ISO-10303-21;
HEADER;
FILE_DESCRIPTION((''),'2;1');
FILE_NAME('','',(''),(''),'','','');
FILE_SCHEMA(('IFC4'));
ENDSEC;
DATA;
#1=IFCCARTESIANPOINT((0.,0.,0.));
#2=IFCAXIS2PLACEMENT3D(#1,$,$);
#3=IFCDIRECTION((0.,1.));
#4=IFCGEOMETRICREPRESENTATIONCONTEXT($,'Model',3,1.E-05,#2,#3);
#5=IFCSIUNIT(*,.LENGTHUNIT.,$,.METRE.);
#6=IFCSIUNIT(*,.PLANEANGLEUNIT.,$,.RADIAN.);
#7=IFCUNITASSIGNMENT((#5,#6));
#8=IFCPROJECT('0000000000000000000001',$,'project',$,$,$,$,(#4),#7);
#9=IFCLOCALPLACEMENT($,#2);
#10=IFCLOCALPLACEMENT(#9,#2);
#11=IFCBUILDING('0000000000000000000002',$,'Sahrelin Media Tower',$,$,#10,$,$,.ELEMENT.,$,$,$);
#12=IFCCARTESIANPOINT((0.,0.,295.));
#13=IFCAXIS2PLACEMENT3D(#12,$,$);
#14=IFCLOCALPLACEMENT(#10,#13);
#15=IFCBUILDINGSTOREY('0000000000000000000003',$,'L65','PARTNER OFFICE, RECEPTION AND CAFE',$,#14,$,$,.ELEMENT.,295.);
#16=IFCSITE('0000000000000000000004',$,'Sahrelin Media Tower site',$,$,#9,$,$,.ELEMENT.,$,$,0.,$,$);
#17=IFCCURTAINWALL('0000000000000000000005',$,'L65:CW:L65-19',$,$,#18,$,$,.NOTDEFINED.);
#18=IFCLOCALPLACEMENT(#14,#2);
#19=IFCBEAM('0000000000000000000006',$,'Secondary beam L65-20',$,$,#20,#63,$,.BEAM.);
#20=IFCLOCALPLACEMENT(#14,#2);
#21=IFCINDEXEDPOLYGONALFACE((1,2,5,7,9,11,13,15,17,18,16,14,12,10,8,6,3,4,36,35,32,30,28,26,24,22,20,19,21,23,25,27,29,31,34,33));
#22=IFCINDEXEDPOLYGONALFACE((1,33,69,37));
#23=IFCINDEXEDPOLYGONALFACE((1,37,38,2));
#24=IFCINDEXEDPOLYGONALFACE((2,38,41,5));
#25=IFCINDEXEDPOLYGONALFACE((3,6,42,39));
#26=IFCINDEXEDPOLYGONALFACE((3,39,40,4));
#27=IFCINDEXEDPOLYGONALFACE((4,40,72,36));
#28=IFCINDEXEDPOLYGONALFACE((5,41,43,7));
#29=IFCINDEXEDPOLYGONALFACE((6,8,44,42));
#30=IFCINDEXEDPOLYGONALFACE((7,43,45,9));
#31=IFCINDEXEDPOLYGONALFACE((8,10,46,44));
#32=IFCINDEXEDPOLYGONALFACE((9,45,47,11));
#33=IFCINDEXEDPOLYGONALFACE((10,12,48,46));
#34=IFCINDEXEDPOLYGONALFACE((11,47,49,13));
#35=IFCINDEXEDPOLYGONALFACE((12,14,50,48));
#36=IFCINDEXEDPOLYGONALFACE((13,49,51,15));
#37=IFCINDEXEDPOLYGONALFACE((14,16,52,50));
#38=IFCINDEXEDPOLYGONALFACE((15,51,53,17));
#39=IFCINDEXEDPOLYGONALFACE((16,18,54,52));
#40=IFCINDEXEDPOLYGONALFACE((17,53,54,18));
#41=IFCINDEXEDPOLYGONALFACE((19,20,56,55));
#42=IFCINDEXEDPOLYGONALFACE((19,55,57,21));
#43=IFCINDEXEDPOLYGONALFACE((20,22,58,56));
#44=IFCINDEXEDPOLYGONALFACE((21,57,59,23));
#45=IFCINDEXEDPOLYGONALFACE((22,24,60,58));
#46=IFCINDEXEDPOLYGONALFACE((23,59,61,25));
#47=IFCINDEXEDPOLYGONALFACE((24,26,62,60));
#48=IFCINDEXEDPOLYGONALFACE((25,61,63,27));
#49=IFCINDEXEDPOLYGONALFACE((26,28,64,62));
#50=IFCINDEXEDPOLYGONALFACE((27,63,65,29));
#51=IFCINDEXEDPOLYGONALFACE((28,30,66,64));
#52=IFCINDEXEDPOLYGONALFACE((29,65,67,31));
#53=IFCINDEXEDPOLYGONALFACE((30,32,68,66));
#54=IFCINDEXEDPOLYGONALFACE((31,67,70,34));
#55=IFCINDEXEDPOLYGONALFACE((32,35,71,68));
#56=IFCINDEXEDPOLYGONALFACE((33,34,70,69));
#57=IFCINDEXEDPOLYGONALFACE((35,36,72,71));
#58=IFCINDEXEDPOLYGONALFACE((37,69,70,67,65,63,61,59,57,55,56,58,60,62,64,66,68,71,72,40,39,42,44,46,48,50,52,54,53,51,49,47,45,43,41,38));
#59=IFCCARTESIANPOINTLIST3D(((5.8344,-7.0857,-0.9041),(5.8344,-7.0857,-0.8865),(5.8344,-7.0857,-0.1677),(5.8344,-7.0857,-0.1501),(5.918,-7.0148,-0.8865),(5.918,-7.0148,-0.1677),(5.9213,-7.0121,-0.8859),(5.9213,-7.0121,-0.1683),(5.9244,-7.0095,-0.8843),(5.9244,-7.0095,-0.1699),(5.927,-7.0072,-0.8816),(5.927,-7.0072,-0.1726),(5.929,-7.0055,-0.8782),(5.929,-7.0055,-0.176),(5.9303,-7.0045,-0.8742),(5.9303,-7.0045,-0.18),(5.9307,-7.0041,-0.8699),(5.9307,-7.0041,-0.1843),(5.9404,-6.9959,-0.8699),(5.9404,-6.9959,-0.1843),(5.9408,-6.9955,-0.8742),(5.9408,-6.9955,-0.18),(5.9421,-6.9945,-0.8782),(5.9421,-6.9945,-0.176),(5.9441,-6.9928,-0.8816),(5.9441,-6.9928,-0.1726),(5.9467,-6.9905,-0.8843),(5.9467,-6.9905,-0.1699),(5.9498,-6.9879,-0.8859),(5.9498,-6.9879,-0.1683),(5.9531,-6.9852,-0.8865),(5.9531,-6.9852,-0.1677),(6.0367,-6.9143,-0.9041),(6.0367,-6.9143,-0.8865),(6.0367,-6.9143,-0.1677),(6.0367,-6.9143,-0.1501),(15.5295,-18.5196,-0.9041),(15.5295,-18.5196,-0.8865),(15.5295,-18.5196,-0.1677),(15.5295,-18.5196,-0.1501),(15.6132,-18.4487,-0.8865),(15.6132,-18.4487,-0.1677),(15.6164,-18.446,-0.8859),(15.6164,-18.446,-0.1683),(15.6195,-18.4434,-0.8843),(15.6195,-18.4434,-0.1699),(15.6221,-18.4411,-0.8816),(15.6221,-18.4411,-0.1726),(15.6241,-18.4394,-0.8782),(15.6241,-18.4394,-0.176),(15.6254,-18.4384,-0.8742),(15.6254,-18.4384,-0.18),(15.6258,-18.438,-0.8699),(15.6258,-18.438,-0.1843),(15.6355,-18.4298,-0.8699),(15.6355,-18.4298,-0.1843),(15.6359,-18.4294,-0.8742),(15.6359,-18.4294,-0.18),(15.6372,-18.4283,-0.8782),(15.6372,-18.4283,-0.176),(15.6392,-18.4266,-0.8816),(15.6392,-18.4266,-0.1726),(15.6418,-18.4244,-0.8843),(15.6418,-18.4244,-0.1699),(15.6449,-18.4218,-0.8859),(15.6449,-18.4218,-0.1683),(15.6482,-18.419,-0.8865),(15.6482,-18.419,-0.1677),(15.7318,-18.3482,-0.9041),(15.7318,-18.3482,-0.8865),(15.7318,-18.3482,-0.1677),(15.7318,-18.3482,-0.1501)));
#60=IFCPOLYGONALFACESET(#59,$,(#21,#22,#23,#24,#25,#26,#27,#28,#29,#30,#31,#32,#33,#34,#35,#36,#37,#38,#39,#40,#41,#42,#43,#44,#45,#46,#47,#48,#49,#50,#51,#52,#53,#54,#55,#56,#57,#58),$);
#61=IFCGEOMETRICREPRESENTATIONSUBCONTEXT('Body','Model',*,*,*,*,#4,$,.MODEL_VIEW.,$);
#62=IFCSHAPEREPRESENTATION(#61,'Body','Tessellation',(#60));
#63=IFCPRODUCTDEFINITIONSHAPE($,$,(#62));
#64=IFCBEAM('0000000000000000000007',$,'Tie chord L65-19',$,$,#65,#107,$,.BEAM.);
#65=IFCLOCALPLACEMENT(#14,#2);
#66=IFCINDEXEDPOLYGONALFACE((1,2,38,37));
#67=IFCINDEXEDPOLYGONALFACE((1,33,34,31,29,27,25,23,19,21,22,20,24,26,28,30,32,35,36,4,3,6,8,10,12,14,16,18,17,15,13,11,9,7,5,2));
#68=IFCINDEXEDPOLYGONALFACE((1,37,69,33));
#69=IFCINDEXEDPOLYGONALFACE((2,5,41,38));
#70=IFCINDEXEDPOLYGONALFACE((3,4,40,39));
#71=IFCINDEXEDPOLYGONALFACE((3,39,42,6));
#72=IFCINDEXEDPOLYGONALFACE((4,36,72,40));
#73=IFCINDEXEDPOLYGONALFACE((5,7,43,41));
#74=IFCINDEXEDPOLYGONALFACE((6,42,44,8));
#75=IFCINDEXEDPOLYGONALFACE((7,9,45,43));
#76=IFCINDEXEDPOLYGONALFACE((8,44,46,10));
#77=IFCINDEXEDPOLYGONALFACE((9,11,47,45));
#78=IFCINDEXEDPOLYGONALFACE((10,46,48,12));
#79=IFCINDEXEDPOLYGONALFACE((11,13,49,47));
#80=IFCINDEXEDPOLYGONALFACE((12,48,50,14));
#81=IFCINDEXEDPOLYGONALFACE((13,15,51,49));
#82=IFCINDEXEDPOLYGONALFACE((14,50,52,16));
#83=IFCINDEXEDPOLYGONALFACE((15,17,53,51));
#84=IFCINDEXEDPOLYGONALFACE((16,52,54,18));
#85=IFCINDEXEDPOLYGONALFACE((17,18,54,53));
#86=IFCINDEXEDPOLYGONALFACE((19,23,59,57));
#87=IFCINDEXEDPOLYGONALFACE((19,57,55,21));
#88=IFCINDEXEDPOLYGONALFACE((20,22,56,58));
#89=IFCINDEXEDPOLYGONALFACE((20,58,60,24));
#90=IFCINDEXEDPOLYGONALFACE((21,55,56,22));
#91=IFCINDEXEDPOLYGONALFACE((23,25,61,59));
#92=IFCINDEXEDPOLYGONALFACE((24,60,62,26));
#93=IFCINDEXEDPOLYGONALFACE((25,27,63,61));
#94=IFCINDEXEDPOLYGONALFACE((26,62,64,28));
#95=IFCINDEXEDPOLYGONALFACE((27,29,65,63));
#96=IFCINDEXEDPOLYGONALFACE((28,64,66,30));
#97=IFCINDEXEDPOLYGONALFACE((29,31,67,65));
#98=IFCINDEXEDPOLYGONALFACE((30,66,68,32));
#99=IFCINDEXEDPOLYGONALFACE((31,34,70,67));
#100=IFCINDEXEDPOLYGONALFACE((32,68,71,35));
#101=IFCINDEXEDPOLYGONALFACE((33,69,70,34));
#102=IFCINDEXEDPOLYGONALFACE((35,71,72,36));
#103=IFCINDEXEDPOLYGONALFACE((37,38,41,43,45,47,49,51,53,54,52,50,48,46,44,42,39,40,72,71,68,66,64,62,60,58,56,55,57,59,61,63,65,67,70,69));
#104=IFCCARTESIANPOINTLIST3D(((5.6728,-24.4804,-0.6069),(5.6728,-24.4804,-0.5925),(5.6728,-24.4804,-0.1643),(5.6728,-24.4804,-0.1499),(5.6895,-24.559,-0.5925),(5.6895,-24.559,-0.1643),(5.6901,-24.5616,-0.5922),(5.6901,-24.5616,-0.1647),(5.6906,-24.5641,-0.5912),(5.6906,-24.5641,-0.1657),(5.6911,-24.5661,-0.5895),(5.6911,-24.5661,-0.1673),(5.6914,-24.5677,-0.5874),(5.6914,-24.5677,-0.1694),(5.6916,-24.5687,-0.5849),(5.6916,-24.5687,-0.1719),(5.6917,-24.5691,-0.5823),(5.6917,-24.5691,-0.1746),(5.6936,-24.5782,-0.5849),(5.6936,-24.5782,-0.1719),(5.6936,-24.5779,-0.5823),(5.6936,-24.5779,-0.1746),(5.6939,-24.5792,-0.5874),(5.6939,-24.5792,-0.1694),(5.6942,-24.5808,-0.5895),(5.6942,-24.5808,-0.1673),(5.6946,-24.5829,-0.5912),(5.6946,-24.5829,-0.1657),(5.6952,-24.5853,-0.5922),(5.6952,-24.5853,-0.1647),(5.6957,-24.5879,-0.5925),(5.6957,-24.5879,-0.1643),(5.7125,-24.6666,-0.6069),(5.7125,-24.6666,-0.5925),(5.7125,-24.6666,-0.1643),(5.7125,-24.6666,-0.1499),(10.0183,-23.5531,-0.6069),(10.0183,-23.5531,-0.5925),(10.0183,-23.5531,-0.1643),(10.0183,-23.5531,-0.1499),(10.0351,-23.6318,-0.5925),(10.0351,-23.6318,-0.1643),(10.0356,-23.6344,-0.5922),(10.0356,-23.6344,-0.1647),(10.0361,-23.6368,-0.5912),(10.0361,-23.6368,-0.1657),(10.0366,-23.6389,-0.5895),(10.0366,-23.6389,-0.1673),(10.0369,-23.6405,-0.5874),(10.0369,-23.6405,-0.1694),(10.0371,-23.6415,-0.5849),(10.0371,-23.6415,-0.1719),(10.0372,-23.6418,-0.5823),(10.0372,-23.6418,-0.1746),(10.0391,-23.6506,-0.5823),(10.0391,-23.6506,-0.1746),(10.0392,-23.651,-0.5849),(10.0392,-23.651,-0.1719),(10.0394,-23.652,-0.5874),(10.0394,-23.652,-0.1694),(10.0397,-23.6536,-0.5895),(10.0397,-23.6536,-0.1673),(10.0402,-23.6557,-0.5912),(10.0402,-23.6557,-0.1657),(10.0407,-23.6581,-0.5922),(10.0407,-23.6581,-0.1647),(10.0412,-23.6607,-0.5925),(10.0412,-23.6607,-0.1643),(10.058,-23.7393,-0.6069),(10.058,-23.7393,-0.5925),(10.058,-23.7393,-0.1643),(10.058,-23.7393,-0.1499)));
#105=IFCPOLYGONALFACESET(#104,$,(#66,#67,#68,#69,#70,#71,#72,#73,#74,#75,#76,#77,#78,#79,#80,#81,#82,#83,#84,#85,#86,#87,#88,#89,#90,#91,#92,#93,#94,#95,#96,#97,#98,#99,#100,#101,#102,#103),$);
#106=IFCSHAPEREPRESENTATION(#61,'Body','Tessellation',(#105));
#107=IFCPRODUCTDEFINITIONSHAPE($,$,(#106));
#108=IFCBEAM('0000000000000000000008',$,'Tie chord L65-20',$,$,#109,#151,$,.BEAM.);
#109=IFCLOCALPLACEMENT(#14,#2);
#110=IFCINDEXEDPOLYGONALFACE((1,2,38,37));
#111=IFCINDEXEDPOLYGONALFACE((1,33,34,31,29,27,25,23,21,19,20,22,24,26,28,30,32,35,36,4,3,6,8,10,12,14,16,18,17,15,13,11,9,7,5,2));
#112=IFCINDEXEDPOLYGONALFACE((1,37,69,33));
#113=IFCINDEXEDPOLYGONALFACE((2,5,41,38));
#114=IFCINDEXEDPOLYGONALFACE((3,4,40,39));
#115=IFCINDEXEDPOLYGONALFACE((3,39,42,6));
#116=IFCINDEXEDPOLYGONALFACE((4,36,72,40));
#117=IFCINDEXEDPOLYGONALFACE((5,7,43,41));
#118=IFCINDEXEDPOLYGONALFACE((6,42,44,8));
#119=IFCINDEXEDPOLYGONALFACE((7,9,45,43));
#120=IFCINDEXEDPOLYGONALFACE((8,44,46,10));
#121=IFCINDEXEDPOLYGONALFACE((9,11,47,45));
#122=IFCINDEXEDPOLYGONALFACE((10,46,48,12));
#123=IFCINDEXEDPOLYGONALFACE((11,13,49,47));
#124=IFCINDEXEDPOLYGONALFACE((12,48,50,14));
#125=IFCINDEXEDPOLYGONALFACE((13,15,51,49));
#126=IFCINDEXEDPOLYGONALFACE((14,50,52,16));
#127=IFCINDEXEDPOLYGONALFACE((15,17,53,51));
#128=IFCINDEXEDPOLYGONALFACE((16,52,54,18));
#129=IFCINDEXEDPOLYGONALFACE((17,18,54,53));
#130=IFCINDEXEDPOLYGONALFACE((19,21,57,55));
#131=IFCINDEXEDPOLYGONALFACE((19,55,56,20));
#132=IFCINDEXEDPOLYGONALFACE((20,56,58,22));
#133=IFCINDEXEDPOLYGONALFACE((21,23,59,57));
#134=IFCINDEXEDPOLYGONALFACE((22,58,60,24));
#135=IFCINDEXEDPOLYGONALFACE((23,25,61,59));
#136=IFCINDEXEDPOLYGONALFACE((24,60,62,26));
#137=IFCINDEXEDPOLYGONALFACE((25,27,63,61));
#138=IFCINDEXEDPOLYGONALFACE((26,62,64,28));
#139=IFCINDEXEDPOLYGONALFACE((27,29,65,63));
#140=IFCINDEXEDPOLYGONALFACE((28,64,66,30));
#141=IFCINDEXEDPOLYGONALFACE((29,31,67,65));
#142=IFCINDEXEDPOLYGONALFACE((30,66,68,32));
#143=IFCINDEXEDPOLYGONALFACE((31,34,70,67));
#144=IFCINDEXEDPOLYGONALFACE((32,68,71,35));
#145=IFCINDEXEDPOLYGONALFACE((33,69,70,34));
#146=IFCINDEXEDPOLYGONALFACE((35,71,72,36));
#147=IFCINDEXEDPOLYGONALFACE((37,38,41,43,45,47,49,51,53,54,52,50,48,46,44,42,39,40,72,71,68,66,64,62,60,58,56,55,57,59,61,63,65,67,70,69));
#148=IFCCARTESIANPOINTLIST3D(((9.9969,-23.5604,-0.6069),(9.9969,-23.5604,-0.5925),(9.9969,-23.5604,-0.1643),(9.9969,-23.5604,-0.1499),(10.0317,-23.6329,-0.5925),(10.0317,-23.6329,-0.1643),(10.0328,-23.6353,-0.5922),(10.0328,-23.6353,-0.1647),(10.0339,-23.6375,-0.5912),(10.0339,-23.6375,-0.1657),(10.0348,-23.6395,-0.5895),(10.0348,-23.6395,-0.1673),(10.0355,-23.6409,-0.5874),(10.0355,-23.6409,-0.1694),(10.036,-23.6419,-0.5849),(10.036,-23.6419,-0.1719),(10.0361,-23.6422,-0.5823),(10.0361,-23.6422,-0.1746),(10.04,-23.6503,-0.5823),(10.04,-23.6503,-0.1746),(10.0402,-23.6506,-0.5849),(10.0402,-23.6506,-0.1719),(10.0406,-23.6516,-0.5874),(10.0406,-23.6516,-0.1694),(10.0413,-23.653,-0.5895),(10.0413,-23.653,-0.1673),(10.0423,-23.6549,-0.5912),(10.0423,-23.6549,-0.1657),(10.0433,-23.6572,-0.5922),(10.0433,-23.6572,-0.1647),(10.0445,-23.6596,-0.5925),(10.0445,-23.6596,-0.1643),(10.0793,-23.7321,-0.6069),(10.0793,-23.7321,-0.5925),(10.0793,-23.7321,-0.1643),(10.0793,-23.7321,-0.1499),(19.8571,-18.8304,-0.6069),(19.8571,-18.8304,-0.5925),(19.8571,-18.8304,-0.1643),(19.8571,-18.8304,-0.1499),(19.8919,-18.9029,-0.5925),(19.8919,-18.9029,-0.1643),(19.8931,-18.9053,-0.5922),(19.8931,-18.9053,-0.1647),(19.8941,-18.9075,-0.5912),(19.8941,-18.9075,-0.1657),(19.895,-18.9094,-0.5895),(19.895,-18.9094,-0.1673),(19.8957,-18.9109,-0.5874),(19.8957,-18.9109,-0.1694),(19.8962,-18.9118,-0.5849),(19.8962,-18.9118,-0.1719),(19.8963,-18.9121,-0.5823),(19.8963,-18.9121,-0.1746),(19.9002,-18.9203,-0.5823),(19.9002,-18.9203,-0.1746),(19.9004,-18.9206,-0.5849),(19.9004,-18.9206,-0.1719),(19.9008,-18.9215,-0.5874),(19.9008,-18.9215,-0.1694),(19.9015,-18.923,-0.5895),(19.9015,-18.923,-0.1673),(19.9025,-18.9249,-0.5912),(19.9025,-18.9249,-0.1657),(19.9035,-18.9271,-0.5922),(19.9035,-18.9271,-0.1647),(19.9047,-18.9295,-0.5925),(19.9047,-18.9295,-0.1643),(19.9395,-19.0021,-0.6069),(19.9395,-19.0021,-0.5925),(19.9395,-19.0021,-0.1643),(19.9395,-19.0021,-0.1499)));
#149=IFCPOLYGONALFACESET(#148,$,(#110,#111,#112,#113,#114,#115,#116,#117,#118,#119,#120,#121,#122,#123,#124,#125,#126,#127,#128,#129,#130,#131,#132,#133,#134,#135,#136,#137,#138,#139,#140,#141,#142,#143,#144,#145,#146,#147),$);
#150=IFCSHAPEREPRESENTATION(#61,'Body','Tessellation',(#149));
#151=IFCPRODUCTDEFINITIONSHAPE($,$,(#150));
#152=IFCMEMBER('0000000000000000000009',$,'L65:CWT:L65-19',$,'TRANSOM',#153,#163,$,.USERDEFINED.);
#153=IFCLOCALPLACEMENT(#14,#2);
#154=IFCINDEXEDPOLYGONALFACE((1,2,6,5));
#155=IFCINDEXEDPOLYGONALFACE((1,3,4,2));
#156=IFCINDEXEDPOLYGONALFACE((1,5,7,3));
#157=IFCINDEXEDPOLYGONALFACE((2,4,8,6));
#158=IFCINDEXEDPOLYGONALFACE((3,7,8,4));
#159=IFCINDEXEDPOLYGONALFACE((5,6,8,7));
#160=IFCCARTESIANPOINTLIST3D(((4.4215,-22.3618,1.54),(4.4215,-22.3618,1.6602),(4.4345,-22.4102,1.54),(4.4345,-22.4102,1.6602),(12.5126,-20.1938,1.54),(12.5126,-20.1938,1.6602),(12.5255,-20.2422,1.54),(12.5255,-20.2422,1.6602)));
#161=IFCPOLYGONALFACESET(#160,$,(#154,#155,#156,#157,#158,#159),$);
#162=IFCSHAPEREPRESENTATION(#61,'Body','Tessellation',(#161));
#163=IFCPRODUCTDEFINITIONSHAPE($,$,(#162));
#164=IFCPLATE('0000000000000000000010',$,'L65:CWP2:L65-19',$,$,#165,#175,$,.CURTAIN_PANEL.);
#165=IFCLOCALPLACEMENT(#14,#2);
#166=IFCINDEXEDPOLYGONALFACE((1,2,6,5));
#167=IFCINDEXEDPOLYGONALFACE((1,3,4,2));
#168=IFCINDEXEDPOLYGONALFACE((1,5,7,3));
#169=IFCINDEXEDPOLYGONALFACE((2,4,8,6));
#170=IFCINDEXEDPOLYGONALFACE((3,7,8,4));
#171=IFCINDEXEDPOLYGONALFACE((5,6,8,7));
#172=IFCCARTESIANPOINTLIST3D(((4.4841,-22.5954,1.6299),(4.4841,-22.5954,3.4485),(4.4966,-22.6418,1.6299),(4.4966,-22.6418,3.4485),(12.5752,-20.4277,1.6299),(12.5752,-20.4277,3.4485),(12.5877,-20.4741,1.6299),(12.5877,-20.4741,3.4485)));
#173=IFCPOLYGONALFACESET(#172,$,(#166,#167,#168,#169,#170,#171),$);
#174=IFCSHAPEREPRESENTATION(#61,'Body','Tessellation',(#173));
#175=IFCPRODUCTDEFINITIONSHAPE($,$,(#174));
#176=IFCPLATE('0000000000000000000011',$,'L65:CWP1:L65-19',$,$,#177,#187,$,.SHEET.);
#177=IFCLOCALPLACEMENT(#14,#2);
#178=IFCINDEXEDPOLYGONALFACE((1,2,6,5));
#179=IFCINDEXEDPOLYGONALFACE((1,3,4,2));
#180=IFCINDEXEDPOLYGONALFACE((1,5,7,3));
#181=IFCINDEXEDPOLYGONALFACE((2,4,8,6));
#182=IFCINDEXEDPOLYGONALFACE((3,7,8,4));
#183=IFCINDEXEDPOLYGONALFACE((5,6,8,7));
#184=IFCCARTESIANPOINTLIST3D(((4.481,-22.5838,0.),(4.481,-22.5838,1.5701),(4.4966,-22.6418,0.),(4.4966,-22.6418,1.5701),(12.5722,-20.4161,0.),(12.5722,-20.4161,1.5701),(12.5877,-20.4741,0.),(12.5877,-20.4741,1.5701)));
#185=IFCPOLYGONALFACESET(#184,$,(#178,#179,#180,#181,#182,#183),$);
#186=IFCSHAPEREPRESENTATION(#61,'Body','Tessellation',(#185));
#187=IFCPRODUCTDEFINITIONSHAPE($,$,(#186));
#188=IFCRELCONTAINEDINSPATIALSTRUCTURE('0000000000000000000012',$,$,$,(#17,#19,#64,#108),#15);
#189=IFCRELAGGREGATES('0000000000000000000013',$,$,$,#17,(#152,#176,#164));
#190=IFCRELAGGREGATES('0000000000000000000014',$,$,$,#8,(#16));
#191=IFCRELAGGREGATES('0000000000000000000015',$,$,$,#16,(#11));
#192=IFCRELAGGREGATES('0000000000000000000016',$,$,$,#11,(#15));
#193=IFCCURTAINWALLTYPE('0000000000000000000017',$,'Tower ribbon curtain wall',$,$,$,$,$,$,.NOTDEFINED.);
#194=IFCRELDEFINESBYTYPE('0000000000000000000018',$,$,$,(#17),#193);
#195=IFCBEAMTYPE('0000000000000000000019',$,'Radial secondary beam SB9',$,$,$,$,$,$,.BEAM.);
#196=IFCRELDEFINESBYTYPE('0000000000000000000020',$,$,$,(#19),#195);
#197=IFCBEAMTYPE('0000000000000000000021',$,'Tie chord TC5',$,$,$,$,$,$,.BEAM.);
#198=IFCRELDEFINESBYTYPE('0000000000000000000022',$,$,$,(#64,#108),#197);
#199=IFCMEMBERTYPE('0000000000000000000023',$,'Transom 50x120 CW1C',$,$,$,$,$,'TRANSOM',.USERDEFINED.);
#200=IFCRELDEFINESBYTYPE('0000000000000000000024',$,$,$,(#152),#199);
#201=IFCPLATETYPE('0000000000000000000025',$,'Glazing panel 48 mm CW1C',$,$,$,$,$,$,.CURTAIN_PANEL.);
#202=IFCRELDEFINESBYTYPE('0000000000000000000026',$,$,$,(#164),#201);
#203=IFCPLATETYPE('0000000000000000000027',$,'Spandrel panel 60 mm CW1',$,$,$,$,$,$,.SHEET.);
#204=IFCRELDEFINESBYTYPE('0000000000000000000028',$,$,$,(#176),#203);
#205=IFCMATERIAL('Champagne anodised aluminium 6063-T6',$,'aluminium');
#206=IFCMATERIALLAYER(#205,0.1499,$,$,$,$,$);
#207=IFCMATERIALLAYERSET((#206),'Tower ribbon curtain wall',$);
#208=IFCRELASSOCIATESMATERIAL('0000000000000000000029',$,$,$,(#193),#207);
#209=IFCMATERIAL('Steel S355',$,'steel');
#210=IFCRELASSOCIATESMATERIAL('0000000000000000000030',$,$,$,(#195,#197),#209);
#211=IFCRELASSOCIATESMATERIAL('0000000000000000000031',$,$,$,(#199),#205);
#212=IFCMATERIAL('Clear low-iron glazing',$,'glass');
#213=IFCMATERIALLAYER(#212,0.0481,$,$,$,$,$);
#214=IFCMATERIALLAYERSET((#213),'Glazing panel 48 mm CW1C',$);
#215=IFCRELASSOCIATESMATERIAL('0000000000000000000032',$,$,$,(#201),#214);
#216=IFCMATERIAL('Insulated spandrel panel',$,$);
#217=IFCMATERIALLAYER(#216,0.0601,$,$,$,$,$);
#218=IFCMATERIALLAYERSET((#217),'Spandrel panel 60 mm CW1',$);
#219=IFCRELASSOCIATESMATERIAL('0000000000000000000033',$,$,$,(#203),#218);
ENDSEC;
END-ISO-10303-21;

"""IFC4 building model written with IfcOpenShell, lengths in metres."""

from ifc_helpers import new_model, si_unit, direction, frame, origin, origin_2d, place, context, subcontext, project, spatial, polyline, rectangle, i_section, outline, extrude, material, layer, layer_set, material_profile, profile_set, type_object, element, aggregate, save


model = new_model("IFC4")

# Units and contexts
model_context = context("Model", 3, precision=1e-05, world=origin(), true_north=direction((0.0, 1.0)))
body_context = subcontext(model_context, "Body", "Model", "MODEL_VIEW")
ifc_project = project(units=[si_unit("LENGTHUNIT", "METRE"), si_unit("PLANEANGLEUNIT", "RADIAN")], contexts=[model_context])

# Site, building, storey
site_placement = place(None, origin())
site = spatial("IfcSite", under=ifc_project, at=site_placement, Name="Sahrelin Media Tower site", CompositionType="ELEMENT", RefElevation=0.0)
building_placement = place(site_placement, origin())
building = spatial("IfcBuilding", under=site, at=building_placement, Name="Sahrelin Media Tower", CompositionType="ELEMENT")
storey_placement = place(building_placement, frame((0.0, 0.0, 295.0)))
storey = spatial("IfcBuildingStorey", under=building, at=storey_placement, Name="L65", Description="PARTNER OFFICE, RECEPTION AND CAFE", CompositionType="ELEMENT", Elevation=295.0)

# Shared definitions
ifc_material_1 = material(Name="Steel S355", Category="steel")

# Curtain wall
ifc_material_2 = material(Name="Champagne anodised aluminium 6063-T6", Category="aluminium")
ifc_layer_1 = layer(ifc_material_2, 0.1499)
ifc_layer_set_1 = layer_set([ifc_layer_1], Name="Tower ribbon curtain wall")
curtain_wall_type = type_object("IfcCurtainWallType", Name="Tower ribbon curtain wall", PredefinedType="NOTDEFINED", material=ifc_layer_set_1)
curtain_wall_placement = place(storey_placement, frame((8.5369, -21.5386, 0.0), z_axis=(0.0, 0.0, 1.0), x_axis=(1.0, 0.0, 0.0)))
curtain_wall = element("IfcCurtainWall", 1, at=curtain_wall_placement, inside=storey, type_object=curtain_wall_type, Name="L65:CW:L65-19", PredefinedType="NOTDEFINED")

# Beams
ifc_material_profile_1 = material_profile(ifc_material_1, i_section(OverallWidth=0.2651, OverallDepth=0.7539, WebThickness=0.0127, FlangeThickness=0.0176, FilletRadius=0.0166, at=origin_2d()), Name="UB 762x267x147")
ifc_profile_set_1 = profile_set([ifc_material_profile_1], Name="Steel S355")
beam_type_1 = type_object("IfcBeamType", Name="Radial secondary beam SB9", PredefinedType="BEAM", material=ifc_profile_set_1)
beam_1_placement = place(storey_placement, frame((5.9355, -7.0, -0.5271), z_axis=(0.64673, -0.762719, 0.0), x_axis=(0.762719, 0.64673, 0.0)))
element("IfcBeam", 2, at=beam_1_placement, inside=storey, type_object=beam_type_1, Name="Secondary beam L65-20", PredefinedType="BEAM", context=body_context, shape_type="SweptSolid", body=[
    extrude(i_section(OverallWidth=0.2651, OverallDepth=0.7539, WebThickness=0.0127, FlangeThickness=0.0176, FilletRadius=0.0166, at=origin_2d()), origin(), (0.0, 0.0, 1.0), 14.991),
])
ifc_material_profile_2 = material_profile(ifc_material_1, i_section(OverallWidth=0.1904, OverallDepth=0.457, WebThickness=0.009, FlangeThickness=0.0144, FilletRadius=0.0103, at=origin_2d()), Name="UB 457x191x74")
ifc_profile_set_2 = profile_set([ifc_material_profile_2], Name="Steel S355")
beam_type_2 = type_object("IfcBeamType", Name="Tie chord TC5", PredefinedType="BEAM", material=ifc_profile_set_2)
beam_2_placement = place(storey_placement, frame((5.6926, -24.5735, -0.3784), z_axis=(0.977983, 0.208685, 0.0), x_axis=(-0.208685, 0.977983, 0.0)))
element("IfcBeam", 3, at=beam_2_placement, inside=storey, type_object=beam_type_2, Name="Tie chord L65-19", PredefinedType="BEAM", context=body_context, shape_type="SweptSolid", body=[
    extrude(i_section(OverallWidth=0.1904, OverallDepth=0.457, WebThickness=0.009, FlangeThickness=0.0144, FilletRadius=0.0103, at=origin_2d()), origin(), (0.0, 0.0, 1.0), 4.4434),
])
beam_3_placement = place(storey_placement, frame((10.0381, -23.6462, -0.3784), z_axis=(0.901625, 0.432518, 0.0), x_axis=(-0.432518, 0.901625, 0.0)))
element("IfcBeam", 4, at=beam_3_placement, inside=storey, type_object=beam_type_2, Name="Tie chord L65-20", PredefinedType="BEAM", context=body_context, shape_type="SweptSolid", body=[
    extrude(i_section(OverallWidth=0.1904, OverallDepth=0.457, WebThickness=0.009, FlangeThickness=0.0144, FilletRadius=0.0103, at=origin_2d()), origin(), (0.0, 0.0, 1.0), 10.936),
])

# Member
ifc_material_profile_3 = material_profile(ifc_material_2, rectangle(XDim=0.05, YDim=0.1201, at=origin_2d()), Name="Transom 50x120")
ifc_profile_set_3 = profile_set([ifc_material_profile_3], Name="Champagne anodised aluminium 6063-T6")
member_type_1 = type_object("IfcMemberType", Name="Transom 50x120 CW1C", ElementType="TRANSOM", PredefinedType="USERDEFINED", material=ifc_profile_set_3)
member_1_placement = place(storey_placement, frame((4.428, -22.386, 1.6001), z_axis=(0.965927, 0.258816, 0.0), x_axis=(-0.258816, 0.965927, 0.0)))
member_1 = element("IfcMember", 5, at=member_1_placement, type_object=member_type_1, Name="L65:CWT:L65-19", ObjectType="TRANSOM", PredefinedType="USERDEFINED", context=body_context, shape_type="SweptSolid", body=[
    extrude(rectangle(XDim=0.05, YDim=0.1201, at=origin_2d()), origin(), (0.0, 0.0, 1.0), 8.3765),
])

# Plates
ifc_material_3 = material(Name="Clear low-iron glazing", Category="glass")
ifc_layer_2 = layer(ifc_material_3, 0.0481)
ifc_layer_set_2 = layer_set([ifc_layer_2], Name="Glazing panel 48 mm CW1C")
plate_type_1 = type_object("IfcPlateType", Name="Glazing panel 48 mm CW1C", PredefinedType="CURTAIN_PANEL", material=ifc_layer_set_2)
plate_1_placement = place(storey_placement, frame((4.4966, -22.6418, 1.6299), z_axis=(0.258789, -0.965934, 0.0), x_axis=(0.965934, 0.258789, 0.0)))
plate_1 = element("IfcPlate", 6, at=plate_1_placement, type_object=plate_type_1, Name="L65:CWP2:L65-19", PredefinedType="CURTAIN_PANEL", context=body_context, shape_type="SweptSolid", body=[
    extrude(outline(polyline([(0.0, 0.0), (8.3765, 0.0), (8.3765, 1.8186), (0.0, 1.8186), (0.0, 0.0)])), origin(), (0.0, 0.0, -1.0), 0.0481),
])
ifc_material_4 = material(Name="Insulated spandrel panel")
ifc_layer_3 = layer(ifc_material_4, 0.0601)
ifc_layer_set_3 = layer_set([ifc_layer_3], Name="Spandrel panel 60 mm CW1")
plate_type_2 = type_object("IfcPlateType", Name="Spandrel panel 60 mm CW1", PredefinedType="SHEET", material=ifc_layer_set_3)
plate_2_placement = place(storey_placement, frame((4.4966, -22.6418, 0.0), z_axis=(0.258789, -0.965934, 0.0), x_axis=(0.965934, 0.258789, 0.0)))
plate_2 = element("IfcPlate", 7, at=plate_2_placement, type_object=plate_type_2, Name="L65:CWP1:L65-19", PredefinedType="SHEET", context=body_context, shape_type="SweptSolid", body=[
    extrude(outline(polyline([(0.0, 0.0), (8.3765, 0.0), (8.3765, 1.5701), (0.0, 1.5701), (0.0, 0.0)])), origin(), (0.0, 0.0, -1.0), 0.0601),
])
aggregate(curtain_wall, [member_1, plate_2, plate_1])

save(model, "model.ifc")
